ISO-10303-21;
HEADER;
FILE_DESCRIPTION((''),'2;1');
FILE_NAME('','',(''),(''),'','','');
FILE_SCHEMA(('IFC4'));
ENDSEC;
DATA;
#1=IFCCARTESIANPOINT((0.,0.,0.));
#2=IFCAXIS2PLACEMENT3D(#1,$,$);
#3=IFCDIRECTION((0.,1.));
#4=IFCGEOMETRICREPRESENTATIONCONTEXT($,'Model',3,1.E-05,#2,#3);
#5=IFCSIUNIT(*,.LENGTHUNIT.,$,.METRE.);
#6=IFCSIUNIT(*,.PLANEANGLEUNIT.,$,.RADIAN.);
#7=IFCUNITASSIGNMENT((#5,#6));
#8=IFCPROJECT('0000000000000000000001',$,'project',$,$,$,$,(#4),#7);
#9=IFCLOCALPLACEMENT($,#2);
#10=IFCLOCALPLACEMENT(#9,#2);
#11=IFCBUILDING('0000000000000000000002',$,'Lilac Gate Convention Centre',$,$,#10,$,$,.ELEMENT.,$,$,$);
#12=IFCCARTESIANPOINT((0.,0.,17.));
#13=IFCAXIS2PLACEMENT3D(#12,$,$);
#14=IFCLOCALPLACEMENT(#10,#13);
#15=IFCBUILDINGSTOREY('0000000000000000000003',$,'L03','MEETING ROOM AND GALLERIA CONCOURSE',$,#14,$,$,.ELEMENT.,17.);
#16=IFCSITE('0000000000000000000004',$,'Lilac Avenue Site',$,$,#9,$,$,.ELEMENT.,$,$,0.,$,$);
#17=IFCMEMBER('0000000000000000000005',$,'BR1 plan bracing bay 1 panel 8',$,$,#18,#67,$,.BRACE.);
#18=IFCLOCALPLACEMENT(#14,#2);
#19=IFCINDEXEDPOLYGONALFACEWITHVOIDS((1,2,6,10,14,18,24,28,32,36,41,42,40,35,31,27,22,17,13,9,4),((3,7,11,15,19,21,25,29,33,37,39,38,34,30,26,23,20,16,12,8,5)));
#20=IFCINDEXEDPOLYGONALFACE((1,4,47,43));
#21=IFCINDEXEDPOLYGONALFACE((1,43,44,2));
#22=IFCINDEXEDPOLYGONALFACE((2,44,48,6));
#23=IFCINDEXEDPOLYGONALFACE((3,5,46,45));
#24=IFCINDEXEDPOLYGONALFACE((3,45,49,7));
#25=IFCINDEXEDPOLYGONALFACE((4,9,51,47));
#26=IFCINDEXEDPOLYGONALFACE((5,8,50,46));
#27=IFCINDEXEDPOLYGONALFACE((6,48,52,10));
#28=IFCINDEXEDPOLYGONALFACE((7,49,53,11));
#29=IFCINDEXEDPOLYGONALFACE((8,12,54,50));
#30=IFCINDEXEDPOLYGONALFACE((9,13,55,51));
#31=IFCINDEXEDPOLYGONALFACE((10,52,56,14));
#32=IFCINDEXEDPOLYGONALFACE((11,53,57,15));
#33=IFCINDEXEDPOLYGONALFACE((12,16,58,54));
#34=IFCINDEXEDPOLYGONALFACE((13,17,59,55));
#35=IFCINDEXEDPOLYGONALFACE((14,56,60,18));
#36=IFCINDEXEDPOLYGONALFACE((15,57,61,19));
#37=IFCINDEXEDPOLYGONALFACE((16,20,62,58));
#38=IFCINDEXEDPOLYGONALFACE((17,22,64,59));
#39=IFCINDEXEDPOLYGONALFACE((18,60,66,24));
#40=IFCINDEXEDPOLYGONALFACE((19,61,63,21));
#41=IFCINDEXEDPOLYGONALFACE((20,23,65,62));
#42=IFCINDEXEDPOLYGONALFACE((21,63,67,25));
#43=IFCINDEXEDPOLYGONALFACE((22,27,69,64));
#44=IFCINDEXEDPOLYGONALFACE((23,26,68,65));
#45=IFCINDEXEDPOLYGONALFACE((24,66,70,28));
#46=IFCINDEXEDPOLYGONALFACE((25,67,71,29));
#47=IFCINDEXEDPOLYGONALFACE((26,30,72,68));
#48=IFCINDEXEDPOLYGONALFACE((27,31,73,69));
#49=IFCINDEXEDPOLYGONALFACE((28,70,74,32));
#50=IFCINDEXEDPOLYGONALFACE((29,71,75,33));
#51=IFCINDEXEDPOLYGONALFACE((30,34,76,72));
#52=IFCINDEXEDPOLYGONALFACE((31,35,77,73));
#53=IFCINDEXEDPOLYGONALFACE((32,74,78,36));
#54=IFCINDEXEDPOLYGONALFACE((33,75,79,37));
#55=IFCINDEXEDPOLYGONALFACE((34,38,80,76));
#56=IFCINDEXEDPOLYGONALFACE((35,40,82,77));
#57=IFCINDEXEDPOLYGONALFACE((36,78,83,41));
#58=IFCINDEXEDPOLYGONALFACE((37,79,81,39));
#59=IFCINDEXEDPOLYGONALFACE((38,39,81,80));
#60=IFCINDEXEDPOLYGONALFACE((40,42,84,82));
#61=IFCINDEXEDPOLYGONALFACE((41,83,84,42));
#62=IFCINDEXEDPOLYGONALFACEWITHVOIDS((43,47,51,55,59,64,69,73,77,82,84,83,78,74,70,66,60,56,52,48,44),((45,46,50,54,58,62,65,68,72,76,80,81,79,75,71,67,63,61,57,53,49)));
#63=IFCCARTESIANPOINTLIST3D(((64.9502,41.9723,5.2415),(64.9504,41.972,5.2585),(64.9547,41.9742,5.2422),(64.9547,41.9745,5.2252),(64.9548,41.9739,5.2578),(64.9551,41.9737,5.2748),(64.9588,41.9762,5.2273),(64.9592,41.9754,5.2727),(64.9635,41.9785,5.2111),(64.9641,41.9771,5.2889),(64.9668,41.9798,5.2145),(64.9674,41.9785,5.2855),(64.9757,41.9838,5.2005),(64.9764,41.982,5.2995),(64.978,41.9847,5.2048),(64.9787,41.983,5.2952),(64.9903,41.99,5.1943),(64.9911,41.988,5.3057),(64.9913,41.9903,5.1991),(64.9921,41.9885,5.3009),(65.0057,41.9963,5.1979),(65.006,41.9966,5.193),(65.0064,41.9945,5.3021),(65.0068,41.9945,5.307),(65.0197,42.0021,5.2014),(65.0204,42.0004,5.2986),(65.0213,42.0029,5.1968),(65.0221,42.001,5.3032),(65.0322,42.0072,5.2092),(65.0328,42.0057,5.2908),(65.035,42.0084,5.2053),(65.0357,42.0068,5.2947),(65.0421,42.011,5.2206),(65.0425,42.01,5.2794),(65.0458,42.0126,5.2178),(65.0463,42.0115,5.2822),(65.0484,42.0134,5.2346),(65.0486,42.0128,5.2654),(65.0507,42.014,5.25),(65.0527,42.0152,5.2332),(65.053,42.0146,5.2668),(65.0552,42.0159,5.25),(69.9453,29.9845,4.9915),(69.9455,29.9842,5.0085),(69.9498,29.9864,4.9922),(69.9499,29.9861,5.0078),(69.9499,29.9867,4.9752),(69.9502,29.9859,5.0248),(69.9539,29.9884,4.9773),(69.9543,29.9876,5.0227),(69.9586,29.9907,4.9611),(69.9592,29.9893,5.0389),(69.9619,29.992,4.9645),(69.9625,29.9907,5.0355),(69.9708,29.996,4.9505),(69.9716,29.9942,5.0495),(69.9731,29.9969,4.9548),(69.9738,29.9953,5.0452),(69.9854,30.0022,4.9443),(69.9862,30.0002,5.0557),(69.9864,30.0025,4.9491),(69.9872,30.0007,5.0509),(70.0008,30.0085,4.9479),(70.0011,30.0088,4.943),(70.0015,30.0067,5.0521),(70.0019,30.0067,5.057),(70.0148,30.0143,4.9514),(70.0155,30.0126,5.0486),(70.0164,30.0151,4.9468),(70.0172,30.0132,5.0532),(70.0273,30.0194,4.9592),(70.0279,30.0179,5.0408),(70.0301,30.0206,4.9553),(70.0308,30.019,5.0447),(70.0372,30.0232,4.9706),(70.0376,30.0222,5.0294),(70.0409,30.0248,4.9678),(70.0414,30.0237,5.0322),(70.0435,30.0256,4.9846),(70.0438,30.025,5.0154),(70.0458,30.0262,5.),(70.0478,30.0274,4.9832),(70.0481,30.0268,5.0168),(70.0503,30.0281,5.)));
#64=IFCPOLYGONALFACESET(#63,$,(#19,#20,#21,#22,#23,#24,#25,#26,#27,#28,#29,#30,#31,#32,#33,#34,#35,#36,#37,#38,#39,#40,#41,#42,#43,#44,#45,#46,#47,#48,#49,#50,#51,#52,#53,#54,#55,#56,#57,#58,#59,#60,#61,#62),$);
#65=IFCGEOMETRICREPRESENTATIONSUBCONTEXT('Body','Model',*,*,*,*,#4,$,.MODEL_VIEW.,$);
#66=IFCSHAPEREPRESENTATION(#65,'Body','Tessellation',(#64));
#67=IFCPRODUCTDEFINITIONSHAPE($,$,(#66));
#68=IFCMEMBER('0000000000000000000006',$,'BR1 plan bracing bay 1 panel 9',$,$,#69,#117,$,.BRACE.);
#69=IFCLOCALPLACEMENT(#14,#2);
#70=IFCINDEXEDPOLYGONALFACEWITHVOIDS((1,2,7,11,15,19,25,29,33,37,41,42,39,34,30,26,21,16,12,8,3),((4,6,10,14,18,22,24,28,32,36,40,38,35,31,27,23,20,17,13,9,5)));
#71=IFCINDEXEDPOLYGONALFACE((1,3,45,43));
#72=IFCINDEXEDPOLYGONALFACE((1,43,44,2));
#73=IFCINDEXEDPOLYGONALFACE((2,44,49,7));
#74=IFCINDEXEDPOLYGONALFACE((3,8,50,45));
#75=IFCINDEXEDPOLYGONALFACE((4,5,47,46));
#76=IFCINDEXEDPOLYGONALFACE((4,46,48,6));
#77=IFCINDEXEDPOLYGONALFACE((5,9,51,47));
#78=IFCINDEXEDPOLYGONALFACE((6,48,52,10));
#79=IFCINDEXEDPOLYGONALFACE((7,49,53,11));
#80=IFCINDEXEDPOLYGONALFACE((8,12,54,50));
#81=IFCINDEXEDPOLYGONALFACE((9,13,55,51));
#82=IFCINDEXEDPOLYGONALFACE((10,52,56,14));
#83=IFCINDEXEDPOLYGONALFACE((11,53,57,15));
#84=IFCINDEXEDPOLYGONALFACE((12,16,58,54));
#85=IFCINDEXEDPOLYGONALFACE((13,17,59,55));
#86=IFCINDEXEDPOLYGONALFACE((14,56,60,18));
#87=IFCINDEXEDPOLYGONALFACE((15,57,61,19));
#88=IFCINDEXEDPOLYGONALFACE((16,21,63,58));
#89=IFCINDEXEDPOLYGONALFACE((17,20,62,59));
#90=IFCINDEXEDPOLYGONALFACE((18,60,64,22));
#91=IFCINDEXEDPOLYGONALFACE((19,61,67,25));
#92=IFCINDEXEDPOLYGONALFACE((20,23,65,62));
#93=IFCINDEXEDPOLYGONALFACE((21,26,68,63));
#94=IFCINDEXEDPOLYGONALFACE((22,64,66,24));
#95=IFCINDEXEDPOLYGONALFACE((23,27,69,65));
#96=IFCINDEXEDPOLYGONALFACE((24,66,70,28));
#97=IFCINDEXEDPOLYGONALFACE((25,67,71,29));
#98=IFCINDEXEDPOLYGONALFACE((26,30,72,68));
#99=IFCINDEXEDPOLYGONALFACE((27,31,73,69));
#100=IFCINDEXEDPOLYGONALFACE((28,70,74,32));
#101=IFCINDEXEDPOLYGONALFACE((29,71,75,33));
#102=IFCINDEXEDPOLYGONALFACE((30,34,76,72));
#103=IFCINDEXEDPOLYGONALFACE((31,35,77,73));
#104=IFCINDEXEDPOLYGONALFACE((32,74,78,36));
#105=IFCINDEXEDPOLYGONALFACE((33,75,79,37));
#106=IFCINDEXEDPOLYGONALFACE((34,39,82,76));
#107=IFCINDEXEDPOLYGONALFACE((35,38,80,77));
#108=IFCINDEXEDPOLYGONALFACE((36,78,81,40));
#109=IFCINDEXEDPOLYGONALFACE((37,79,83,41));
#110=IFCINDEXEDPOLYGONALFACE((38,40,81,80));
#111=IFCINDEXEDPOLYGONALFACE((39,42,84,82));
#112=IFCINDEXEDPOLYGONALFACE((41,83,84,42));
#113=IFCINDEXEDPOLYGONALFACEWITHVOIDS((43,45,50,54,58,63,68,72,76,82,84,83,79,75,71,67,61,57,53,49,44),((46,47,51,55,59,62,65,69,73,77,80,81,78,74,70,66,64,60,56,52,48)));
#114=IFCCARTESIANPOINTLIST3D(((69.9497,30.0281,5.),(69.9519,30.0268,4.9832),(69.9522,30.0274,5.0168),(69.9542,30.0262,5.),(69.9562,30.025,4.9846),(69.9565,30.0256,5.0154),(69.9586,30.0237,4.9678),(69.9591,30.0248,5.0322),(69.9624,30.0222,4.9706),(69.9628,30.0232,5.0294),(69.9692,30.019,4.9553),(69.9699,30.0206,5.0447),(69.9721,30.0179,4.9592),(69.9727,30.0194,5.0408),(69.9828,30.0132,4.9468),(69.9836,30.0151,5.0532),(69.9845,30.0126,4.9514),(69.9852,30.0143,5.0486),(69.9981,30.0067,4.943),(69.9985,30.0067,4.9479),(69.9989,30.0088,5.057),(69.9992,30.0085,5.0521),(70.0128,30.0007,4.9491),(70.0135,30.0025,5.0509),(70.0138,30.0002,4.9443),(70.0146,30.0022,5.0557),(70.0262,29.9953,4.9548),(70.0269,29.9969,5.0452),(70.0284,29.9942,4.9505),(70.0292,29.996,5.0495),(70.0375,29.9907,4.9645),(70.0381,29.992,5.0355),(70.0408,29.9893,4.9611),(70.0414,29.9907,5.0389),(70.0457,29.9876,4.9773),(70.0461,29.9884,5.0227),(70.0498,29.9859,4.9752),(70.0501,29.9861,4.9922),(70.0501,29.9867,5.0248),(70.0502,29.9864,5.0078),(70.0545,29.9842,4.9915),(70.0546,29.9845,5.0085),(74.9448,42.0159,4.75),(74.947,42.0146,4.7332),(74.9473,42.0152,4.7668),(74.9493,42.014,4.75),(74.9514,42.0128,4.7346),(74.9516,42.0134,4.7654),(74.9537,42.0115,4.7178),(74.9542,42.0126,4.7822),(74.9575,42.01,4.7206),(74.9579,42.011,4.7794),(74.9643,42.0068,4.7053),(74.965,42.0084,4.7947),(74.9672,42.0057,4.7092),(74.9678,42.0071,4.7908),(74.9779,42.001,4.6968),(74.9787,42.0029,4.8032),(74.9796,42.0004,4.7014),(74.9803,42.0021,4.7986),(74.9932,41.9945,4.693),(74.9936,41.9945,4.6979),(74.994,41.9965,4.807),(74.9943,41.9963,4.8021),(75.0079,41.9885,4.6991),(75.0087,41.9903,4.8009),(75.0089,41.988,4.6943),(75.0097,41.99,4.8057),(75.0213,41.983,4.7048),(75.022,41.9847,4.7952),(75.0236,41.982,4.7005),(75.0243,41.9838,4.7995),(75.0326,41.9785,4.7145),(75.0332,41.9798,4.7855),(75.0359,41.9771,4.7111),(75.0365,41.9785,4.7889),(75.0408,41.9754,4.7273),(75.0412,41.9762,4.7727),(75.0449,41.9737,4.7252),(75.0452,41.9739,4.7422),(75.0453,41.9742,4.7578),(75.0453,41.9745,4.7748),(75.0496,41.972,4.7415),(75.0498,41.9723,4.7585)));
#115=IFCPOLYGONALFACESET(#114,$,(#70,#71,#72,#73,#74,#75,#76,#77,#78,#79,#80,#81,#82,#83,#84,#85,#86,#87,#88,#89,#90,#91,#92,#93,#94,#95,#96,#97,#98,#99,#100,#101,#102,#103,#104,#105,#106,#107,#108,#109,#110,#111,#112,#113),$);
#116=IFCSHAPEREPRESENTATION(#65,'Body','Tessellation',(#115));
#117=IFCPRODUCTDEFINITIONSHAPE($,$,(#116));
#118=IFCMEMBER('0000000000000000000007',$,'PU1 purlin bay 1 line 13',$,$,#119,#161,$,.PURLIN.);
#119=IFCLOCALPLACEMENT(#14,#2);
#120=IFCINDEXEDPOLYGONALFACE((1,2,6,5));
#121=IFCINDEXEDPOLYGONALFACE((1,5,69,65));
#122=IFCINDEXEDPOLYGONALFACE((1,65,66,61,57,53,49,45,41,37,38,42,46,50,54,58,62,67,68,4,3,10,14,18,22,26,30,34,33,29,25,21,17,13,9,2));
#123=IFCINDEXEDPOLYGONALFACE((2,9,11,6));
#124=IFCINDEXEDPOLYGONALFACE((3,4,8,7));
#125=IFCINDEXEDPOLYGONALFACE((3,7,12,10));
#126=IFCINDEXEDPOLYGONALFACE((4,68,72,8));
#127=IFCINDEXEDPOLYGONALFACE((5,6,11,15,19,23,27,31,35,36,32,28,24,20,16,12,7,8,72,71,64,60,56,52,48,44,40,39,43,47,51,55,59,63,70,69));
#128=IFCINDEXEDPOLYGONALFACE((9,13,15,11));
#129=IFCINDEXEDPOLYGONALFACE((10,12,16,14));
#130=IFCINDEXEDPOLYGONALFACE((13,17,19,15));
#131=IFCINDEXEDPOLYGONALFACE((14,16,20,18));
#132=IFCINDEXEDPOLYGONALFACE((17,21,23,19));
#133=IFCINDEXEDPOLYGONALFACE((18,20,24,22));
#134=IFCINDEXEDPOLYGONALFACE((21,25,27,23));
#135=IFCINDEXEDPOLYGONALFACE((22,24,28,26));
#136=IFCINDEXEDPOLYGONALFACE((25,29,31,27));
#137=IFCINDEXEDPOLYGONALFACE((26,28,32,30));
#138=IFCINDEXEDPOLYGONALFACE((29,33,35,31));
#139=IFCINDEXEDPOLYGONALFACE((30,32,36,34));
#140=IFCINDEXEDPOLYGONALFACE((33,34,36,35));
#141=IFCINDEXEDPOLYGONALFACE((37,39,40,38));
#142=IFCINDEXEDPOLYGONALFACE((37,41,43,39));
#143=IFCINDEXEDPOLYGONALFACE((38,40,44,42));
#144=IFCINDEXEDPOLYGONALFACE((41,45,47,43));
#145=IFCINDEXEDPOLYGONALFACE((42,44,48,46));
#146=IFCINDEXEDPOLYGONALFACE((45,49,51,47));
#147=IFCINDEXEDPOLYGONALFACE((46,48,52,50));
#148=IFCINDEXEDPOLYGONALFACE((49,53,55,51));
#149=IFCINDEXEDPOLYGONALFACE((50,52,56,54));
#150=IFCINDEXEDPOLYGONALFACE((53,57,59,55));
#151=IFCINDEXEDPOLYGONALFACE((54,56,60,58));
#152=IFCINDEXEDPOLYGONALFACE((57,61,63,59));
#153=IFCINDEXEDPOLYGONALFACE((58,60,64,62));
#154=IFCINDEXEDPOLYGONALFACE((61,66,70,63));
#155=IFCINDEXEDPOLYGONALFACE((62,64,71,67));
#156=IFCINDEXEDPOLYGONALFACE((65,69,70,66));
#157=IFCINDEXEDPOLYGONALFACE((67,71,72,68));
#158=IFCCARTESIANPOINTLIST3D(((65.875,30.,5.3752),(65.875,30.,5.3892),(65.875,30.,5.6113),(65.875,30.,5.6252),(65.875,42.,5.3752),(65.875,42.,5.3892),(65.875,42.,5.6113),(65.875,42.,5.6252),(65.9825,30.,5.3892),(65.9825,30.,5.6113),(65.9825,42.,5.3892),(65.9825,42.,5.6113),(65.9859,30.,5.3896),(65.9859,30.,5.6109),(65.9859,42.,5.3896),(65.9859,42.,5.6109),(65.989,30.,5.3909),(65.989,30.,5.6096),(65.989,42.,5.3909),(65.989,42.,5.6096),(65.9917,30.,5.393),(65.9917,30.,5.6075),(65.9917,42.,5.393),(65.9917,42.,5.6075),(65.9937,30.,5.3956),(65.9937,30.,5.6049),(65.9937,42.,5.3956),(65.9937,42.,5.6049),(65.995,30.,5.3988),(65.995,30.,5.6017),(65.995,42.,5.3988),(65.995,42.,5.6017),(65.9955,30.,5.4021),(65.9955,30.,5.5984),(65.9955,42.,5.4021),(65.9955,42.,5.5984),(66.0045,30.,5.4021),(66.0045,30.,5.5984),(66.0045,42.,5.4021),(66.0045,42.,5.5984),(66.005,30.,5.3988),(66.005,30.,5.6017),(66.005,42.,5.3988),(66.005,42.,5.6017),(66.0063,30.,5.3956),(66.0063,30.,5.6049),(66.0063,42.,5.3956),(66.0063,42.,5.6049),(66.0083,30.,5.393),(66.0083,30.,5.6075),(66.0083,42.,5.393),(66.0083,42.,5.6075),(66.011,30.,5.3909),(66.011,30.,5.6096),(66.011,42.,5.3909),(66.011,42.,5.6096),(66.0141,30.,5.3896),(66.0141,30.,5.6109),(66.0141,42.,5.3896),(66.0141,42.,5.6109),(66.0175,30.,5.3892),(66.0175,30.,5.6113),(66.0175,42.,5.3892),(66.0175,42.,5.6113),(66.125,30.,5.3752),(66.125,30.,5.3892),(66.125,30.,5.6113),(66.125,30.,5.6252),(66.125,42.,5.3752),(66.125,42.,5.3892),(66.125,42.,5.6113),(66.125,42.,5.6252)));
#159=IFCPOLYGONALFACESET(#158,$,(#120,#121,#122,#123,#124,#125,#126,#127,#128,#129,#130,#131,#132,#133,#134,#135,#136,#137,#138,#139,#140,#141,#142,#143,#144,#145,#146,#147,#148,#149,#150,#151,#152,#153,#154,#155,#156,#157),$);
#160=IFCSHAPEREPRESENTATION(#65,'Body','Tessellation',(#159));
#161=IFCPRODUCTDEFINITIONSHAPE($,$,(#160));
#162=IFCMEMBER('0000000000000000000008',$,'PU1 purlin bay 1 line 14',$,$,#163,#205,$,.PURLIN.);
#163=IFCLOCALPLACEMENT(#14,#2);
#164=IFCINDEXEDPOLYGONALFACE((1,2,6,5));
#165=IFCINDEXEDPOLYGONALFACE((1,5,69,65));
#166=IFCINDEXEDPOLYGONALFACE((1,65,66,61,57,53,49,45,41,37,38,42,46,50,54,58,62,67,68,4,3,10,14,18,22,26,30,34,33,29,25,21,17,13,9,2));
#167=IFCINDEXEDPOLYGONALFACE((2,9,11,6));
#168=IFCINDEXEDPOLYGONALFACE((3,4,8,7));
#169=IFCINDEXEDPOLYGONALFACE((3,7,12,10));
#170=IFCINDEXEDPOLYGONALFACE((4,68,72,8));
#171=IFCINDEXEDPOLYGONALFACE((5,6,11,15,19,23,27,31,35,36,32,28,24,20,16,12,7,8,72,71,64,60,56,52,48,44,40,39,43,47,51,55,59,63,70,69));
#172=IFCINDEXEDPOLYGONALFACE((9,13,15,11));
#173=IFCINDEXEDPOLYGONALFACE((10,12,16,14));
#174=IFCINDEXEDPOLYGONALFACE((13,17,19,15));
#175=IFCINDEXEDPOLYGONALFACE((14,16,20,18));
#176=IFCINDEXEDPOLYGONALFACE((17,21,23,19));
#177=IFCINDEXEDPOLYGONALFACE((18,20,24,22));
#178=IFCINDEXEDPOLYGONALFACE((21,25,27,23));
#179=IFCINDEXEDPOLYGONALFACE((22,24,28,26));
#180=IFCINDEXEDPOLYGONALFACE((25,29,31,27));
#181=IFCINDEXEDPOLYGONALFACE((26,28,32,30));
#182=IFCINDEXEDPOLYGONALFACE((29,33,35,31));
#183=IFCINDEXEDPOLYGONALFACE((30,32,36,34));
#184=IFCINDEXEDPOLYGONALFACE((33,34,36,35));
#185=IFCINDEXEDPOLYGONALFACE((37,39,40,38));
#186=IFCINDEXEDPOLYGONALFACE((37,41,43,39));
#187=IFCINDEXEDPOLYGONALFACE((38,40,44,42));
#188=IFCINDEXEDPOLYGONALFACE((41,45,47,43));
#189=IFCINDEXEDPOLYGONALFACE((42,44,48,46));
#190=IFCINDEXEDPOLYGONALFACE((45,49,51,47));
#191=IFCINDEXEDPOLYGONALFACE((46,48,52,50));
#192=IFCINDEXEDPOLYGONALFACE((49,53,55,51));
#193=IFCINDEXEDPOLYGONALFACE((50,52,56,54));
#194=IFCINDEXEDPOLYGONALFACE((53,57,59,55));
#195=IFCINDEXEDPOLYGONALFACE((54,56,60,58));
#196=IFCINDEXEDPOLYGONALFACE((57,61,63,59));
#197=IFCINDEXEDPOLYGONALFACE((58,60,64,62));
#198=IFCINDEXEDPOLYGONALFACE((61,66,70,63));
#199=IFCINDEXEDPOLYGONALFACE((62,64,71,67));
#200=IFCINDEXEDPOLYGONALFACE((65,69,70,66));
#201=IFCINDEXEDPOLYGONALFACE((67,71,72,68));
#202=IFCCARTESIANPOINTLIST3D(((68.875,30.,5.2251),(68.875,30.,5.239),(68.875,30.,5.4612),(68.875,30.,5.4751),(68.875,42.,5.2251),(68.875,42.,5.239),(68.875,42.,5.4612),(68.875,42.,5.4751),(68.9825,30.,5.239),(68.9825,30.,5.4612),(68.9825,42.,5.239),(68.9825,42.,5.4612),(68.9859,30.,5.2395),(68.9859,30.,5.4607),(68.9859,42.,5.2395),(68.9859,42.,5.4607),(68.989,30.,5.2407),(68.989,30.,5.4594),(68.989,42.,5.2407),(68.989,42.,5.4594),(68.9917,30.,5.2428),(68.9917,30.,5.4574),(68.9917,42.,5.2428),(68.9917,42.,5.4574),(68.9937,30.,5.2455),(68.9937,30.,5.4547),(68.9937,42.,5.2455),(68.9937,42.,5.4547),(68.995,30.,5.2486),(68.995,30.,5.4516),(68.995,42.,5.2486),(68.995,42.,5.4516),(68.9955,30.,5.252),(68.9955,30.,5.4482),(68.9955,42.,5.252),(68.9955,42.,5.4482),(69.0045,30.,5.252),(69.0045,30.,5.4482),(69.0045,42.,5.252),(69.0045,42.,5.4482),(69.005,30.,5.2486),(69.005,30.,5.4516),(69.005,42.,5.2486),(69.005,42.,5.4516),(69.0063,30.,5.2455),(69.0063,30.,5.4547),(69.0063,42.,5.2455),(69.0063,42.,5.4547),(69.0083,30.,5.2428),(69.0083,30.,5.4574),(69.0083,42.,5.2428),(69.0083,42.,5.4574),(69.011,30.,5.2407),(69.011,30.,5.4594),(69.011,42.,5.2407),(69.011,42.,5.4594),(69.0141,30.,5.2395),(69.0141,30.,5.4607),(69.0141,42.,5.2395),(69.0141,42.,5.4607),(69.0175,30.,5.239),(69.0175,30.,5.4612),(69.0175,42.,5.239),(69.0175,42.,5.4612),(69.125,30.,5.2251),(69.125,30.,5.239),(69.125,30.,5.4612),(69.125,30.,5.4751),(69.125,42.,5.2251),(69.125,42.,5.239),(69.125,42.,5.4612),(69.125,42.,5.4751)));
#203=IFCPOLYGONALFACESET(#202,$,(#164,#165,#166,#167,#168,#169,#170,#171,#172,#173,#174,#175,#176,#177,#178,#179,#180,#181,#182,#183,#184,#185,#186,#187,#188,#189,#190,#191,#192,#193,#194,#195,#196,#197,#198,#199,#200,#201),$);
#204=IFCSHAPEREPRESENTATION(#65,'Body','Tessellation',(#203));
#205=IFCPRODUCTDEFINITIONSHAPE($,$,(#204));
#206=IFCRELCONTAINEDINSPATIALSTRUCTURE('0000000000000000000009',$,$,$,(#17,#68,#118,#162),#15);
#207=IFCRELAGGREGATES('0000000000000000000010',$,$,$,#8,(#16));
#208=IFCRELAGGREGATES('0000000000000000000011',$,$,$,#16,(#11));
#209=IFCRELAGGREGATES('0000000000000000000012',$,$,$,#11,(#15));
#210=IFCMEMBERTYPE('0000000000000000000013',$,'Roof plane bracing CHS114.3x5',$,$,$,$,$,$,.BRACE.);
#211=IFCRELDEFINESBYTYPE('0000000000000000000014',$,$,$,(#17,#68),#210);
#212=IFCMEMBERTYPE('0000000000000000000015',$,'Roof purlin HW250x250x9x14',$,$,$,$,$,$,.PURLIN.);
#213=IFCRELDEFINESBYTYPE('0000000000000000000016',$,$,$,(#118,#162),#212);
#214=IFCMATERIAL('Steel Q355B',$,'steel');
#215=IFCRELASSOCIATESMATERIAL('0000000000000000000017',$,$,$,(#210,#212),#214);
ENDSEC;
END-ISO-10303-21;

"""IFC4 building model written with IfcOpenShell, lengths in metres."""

from ifc_helpers import new_model, si_unit, direction, frame, origin, origin_2d, place, context, subcontext, project, spatial, hollow_circle, i_section, extrude, material, material_profile, profile_set, type_object, element, save


model = new_model("IFC4")

# Units and contexts
model_context = context("Model", 3, precision=1e-05, world=origin(), true_north=direction((0.0, 1.0)))
body_context = subcontext(model_context, "Body", "Model", "MODEL_VIEW")
ifc_project = project(units=[si_unit("LENGTHUNIT", "METRE"), si_unit("PLANEANGLEUNIT", "RADIAN")], contexts=[model_context])

# Site, building, storey
site_placement = place(None, origin())
site = spatial("IfcSite", under=ifc_project, at=site_placement, Name="Lilac Avenue Site", CompositionType="ELEMENT", RefElevation=0.0)
building_placement = place(site_placement, origin())
building = spatial("IfcBuilding", under=site, at=building_placement, Name="Lilac Gate Convention Centre", CompositionType="ELEMENT")
storey_placement = place(building_placement, frame((0.0, 0.0, 17.0)))
storey = spatial("IfcBuildingStorey", under=building, at=storey_placement, Name="L03", Description="MEETING ROOM AND GALLERIA CONCOURSE", CompositionType="ELEMENT", Elevation=17.0)

# Members
ifc_material = material(Name="Steel Q355B", Category="steel")
ifc_material_profile_1 = material_profile(ifc_material, hollow_circle(Radius=0.0571, WallThickness=0.0049, at=origin_2d()), Name="CHS114.3x5")
ifc_profile_set_1 = profile_set([ifc_material_profile_1], Name="Steel Q355B")
member_type_1 = type_object("IfcMemberType", Name="Roof plane bracing CHS114.3x5", PredefinedType="BRACE", material=ifc_profile_set_1)
for number, where, z_axis, x_axis, name in (
    (1, (65.0024, 41.9939, 5.25), (0.384557, -0.9229, -0.019247), (0.923071, 0.384629, 0.0), "BR1 plan bracing bay 1 panel 8"),
    (2, (70.0024, 30.0061, 5.0), (0.384557, 0.9229, -0.019247), (-0.923071, 0.384629, 0.0), "BR1 plan bracing bay 1 panel 9"),
):
    element("IfcMember", number, at=place(storey_placement, frame(where, z_axis=z_axis, x_axis=x_axis)), inside=storey, type_object=member_type_1, Name=name, PredefinedType="BRACE", context=body_context, shape_type="SweptSolid", body=[
        extrude(hollow_circle(Radius=0.0571, WallThickness=0.0049, at=origin_2d()), origin(), (0.0, 0.0, 1.0), 12.9893),
    ])
ifc_material_profile_2 = material_profile(ifc_material, i_section(OverallWidth=0.25, OverallDepth=0.25, WebThickness=0.009, FlangeThickness=0.0139, FilletRadius=0.0129, at=origin_2d()), Name="HW250x250x9x14")
ifc_profile_set_2 = profile_set([ifc_material_profile_2], Name="Steel Q355B")
member_type_2 = type_object("IfcMemberType", Name="Roof purlin HW250x250x9x14", PredefinedType="PURLIN", material=ifc_profile_set_2)
for number, where, z_axis, x_axis, name in (
    (3, (66.0, 30.0, 5.5002), (0.0, 1.0, 0.0), (-1.0, 0.0, 0.0), "PU1 purlin bay 1 line 13"),
    (4, (69.0, 30.0, 5.3501), (0.0, 1.0, 0.0), (-1.0, 0.0, 0.0), "PU1 purlin bay 1 line 14"),
):
    element("IfcMember", number, at=place(storey_placement, frame(where, z_axis=z_axis, x_axis=x_axis)), inside=storey, type_object=member_type_2, Name=name, PredefinedType="PURLIN", context=body_context, shape_type="SweptSolid", body=[
        extrude(i_section(OverallWidth=0.25, OverallDepth=0.25, WebThickness=0.009, FlangeThickness=0.0139, FilletRadius=0.0129, at=origin_2d()), origin(), (0.0, 0.0, 1.0), 12.0),
    ])

save(model, "model.ifc")
